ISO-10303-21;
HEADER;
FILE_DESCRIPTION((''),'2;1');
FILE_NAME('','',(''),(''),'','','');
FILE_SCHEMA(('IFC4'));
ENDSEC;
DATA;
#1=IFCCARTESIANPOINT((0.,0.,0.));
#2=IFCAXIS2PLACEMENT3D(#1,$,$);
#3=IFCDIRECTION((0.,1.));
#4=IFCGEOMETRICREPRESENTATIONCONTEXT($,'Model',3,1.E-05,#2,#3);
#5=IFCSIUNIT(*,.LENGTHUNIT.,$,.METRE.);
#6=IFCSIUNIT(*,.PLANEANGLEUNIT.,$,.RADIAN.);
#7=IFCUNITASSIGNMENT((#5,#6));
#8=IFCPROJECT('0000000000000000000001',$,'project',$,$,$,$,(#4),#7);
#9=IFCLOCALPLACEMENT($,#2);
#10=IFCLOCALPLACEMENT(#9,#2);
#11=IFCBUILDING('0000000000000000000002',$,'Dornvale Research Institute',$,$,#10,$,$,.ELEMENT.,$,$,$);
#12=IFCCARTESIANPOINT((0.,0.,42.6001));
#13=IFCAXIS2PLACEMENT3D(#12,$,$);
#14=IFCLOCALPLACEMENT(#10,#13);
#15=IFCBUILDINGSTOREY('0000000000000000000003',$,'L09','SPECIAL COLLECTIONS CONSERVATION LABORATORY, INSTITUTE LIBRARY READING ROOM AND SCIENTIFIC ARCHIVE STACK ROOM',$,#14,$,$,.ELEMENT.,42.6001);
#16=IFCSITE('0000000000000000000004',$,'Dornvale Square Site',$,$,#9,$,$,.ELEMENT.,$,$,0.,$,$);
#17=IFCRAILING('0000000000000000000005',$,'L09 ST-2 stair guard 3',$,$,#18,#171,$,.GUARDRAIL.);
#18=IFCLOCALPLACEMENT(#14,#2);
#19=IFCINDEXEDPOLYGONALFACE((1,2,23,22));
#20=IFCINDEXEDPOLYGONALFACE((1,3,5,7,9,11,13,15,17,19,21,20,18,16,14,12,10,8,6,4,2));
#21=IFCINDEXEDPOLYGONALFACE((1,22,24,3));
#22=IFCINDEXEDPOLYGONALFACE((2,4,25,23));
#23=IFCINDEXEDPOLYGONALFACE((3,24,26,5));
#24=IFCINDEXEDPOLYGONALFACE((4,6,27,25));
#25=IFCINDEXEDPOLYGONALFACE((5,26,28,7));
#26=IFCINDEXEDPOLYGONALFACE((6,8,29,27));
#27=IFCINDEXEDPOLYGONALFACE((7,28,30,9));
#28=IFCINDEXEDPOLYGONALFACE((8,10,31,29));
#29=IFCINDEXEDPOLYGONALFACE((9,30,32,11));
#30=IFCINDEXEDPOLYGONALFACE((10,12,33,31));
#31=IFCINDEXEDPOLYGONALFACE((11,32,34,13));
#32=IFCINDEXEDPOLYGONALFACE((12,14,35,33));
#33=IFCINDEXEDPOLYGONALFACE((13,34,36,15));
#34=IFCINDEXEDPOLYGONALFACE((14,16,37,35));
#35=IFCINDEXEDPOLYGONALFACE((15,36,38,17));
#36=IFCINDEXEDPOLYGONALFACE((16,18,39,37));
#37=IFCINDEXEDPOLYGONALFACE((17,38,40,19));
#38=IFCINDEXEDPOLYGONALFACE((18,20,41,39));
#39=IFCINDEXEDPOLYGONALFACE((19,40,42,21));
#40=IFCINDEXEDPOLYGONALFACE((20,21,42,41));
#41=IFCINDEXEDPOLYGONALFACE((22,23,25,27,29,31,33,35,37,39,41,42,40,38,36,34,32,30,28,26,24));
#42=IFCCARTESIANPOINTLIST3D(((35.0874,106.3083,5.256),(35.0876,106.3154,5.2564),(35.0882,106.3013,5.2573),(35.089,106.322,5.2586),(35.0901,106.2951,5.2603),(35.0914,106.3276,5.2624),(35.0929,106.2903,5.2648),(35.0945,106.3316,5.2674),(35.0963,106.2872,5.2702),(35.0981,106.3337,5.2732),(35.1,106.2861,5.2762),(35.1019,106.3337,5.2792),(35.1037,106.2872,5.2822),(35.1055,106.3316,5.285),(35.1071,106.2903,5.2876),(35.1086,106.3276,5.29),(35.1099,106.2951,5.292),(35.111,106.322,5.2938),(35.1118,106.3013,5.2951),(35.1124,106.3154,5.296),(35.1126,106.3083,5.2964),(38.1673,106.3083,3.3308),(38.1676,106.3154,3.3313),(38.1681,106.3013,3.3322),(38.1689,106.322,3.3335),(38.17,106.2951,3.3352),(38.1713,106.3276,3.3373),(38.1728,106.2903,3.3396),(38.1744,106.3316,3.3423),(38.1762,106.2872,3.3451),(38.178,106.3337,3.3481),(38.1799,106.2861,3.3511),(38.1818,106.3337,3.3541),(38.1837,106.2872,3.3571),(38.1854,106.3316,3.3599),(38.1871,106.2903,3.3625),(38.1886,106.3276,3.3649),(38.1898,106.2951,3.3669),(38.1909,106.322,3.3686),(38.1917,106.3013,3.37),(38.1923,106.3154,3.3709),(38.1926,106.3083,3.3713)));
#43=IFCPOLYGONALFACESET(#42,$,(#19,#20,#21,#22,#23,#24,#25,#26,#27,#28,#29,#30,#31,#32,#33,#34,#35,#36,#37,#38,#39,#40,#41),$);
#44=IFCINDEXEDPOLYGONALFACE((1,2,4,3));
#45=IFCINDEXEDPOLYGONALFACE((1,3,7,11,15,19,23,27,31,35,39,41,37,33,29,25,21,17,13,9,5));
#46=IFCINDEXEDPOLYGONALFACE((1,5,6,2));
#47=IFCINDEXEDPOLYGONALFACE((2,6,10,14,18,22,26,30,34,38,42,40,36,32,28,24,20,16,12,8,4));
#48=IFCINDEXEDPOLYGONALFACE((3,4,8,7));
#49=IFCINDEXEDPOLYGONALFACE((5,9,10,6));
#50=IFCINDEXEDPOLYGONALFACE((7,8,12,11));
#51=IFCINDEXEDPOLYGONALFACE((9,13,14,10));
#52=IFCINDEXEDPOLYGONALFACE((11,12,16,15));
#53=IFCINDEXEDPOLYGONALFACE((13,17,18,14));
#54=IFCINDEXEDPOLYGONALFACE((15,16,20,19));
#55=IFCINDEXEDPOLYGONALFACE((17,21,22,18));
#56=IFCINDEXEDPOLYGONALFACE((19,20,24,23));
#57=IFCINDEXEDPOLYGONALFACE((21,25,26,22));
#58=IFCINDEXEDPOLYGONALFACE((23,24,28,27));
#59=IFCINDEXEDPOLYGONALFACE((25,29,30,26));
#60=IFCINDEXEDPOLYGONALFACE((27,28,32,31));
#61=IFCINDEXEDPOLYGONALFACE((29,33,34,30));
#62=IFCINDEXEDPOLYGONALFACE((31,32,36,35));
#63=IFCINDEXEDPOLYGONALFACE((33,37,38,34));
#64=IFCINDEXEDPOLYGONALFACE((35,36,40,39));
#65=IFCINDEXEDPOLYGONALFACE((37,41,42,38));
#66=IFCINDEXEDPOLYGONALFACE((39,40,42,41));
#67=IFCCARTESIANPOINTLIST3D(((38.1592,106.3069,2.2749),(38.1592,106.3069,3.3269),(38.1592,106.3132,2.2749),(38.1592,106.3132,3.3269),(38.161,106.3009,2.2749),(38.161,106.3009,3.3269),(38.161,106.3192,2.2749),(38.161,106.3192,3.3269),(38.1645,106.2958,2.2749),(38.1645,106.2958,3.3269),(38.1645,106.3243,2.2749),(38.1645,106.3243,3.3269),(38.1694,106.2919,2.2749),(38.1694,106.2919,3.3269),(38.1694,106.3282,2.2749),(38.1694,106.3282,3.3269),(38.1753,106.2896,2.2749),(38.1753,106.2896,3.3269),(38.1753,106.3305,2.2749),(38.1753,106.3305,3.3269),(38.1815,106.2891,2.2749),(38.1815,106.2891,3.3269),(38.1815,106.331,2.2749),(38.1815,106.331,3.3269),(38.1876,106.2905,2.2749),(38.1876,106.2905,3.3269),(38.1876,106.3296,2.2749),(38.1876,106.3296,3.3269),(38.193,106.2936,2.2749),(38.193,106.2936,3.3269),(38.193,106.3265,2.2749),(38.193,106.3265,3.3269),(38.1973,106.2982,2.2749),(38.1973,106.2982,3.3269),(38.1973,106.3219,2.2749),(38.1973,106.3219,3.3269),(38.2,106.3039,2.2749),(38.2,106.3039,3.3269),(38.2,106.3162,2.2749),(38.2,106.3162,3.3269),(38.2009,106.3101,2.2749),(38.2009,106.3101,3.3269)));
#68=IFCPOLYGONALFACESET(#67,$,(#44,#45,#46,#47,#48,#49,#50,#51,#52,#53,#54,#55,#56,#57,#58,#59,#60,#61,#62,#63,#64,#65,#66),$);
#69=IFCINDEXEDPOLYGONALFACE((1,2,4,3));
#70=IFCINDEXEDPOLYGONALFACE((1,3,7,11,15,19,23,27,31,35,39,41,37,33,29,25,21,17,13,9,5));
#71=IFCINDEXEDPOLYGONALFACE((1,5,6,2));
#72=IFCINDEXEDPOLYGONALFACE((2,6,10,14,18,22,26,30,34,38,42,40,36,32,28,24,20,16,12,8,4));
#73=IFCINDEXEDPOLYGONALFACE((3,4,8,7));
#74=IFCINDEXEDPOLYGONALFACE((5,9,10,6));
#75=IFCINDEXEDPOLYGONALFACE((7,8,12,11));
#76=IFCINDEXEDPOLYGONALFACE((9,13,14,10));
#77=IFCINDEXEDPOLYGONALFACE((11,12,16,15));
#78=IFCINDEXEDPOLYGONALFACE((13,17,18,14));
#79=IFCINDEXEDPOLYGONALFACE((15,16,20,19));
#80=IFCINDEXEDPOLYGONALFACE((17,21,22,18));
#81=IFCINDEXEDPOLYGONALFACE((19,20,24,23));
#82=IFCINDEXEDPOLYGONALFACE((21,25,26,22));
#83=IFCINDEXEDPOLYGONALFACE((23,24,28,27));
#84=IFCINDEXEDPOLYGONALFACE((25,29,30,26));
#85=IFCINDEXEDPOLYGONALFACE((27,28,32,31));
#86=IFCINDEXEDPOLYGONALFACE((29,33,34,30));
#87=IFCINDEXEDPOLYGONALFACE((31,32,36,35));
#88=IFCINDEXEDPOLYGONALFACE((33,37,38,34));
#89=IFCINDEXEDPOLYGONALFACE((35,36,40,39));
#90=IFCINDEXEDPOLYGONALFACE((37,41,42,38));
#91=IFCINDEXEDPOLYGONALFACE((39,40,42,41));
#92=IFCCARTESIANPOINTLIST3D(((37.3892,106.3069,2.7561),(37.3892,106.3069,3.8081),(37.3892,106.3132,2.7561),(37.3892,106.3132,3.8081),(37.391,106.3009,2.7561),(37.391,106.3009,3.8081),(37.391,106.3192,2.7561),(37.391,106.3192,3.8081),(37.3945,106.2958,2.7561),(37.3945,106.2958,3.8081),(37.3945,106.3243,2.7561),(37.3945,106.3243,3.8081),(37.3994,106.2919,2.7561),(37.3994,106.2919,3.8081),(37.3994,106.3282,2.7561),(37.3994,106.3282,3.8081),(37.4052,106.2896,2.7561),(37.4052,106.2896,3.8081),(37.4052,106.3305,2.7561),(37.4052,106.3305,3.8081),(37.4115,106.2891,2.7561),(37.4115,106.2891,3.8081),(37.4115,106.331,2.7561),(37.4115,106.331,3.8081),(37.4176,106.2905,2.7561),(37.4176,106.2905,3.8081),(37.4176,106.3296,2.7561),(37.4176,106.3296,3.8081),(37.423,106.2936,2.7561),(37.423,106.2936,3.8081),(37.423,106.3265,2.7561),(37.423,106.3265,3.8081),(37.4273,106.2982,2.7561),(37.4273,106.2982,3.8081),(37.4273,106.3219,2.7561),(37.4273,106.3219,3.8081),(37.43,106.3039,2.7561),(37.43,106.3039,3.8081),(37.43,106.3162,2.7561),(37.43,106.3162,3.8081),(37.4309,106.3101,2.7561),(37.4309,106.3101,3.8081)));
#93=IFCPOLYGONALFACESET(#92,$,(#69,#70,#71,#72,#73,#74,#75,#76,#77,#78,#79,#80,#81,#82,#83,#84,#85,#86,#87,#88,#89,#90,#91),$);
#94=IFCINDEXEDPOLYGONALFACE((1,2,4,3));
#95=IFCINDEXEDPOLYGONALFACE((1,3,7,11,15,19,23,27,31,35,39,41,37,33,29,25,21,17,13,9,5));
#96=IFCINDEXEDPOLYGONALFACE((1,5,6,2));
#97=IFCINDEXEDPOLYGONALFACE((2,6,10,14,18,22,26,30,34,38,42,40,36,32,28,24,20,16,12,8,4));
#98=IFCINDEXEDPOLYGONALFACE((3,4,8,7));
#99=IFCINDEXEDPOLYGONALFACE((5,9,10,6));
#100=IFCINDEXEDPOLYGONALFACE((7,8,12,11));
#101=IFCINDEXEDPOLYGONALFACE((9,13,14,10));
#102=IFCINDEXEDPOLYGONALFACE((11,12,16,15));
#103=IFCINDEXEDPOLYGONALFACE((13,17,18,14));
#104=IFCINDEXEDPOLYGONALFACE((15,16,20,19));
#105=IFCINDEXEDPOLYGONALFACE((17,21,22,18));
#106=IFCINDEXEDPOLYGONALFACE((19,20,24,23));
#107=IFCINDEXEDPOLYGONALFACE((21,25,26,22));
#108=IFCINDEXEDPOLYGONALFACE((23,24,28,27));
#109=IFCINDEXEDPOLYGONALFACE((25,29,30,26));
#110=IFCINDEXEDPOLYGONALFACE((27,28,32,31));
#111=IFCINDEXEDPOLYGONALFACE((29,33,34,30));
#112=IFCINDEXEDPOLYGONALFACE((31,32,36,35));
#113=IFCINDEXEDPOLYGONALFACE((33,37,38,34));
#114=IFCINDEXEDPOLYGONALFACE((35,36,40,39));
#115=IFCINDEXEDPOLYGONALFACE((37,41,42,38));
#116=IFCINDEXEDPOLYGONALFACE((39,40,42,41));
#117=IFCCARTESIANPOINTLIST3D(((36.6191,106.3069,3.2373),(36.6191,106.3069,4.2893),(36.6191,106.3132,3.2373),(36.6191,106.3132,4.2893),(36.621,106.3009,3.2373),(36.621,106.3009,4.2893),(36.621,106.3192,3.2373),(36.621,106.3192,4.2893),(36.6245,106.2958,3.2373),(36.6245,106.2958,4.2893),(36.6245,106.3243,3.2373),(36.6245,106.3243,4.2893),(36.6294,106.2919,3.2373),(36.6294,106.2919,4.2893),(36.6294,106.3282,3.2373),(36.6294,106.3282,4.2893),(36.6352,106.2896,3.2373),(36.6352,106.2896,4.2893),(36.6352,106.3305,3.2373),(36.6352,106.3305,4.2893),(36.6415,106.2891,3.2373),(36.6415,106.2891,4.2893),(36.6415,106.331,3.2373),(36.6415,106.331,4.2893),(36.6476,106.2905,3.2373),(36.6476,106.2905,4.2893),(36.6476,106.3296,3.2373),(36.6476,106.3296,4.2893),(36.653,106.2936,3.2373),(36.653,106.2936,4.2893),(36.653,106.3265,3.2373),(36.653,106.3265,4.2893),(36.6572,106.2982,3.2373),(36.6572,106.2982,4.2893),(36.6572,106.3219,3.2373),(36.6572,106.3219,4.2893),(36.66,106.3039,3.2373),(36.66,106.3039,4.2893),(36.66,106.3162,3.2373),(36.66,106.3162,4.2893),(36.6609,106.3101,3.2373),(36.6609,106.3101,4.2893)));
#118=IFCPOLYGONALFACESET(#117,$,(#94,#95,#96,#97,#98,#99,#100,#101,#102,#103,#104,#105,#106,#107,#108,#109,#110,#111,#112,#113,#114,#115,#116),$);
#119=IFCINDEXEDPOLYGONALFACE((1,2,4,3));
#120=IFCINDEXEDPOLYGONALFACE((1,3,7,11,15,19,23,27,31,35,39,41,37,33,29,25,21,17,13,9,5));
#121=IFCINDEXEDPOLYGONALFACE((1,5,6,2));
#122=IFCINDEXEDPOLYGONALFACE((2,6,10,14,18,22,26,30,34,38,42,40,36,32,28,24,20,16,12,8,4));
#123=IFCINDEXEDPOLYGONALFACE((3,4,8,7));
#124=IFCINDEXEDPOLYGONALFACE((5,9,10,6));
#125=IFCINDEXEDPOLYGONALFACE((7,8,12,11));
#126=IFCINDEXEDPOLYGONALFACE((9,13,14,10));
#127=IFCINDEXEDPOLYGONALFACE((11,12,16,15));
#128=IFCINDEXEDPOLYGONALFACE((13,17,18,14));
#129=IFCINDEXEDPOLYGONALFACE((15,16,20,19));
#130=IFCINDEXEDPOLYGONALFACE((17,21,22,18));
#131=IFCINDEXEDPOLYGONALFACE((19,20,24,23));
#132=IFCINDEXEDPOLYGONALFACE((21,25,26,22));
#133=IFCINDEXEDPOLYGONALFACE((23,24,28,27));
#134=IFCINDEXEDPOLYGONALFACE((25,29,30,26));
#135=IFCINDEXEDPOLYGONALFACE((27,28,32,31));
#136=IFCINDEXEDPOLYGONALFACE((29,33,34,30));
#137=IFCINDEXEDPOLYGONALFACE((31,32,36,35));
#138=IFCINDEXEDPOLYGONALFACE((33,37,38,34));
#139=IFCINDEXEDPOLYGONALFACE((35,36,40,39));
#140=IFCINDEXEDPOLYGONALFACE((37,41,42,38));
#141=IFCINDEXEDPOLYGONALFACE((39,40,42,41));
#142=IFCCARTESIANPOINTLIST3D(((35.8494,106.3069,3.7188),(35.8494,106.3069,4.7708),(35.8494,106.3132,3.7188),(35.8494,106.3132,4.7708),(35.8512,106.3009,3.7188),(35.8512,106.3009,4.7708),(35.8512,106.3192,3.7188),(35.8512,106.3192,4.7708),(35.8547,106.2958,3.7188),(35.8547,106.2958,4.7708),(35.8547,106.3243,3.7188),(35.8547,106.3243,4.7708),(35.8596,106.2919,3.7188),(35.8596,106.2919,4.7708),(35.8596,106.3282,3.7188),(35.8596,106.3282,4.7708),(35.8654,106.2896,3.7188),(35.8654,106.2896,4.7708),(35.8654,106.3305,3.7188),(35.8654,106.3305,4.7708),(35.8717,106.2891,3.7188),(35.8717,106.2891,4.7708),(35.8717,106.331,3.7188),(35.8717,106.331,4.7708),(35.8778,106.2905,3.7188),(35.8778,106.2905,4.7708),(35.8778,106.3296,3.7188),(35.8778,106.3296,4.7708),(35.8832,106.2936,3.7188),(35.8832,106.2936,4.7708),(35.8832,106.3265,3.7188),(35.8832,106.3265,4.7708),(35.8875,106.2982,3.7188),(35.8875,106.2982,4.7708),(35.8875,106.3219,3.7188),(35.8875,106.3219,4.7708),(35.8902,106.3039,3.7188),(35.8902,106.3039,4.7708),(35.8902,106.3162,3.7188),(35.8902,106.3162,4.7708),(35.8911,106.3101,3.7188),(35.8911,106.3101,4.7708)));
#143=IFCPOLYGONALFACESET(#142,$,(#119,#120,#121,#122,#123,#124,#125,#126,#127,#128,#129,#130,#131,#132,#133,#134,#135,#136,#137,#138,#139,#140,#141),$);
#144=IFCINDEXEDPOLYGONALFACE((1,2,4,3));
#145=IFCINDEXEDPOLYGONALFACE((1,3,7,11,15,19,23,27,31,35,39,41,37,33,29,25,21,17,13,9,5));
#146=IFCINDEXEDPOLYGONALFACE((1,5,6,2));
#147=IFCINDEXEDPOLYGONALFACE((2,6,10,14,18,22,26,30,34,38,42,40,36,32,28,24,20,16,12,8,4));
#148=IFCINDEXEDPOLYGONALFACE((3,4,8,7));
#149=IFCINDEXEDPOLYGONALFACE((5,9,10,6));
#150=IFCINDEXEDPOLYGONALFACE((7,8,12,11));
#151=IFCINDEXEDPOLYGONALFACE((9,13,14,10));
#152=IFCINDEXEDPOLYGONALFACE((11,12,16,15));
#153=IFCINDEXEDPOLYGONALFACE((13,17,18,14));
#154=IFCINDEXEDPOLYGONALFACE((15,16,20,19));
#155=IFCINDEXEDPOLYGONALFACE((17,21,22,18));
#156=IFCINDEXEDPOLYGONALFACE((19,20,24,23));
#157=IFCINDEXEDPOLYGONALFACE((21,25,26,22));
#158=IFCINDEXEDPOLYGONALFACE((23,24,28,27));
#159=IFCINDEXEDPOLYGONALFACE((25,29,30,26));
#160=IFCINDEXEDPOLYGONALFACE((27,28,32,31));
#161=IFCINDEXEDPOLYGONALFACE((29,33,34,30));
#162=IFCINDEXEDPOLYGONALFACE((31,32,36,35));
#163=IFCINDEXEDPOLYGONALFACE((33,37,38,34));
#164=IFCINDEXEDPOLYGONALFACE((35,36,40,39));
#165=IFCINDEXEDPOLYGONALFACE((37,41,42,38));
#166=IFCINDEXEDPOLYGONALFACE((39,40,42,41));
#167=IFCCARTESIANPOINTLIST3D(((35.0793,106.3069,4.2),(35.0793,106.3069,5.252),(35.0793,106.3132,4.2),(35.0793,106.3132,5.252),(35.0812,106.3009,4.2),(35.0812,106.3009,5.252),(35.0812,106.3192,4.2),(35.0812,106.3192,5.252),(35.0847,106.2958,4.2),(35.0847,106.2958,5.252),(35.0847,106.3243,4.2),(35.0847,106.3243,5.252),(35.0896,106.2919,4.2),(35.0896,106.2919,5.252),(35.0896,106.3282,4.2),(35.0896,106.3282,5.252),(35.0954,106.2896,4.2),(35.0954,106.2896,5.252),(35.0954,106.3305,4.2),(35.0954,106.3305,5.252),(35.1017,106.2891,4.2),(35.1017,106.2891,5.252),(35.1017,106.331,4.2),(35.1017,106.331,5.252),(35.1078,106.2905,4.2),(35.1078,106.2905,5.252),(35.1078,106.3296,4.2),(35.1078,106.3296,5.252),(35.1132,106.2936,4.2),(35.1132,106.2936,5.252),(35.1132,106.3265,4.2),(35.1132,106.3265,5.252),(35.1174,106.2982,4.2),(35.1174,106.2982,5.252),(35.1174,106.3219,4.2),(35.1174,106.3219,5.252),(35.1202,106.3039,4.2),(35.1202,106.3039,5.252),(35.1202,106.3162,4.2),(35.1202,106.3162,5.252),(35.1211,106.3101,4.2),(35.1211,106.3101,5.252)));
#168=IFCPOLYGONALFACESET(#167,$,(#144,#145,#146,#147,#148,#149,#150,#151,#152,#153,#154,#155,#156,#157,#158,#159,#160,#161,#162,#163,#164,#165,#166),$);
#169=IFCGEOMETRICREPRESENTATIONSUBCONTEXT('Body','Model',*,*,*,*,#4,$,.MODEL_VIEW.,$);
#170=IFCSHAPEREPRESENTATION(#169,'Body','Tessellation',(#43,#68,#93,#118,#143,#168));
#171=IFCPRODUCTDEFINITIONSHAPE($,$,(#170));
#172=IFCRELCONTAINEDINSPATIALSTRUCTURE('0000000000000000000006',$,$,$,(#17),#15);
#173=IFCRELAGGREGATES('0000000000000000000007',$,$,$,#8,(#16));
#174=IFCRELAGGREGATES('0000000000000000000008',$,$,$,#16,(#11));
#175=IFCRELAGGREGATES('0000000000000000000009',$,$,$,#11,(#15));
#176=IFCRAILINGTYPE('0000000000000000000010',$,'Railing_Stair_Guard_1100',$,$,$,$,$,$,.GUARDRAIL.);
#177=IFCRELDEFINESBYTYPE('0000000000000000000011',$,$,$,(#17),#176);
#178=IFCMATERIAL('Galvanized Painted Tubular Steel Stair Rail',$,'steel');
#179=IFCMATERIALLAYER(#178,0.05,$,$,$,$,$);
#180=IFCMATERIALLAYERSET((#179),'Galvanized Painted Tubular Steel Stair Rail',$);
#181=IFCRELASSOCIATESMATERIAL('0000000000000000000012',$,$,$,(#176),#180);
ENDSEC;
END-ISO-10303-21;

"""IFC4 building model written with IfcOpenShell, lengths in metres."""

from ifc_helpers import new_model, si_unit, direction, frame, origin, origin_2d, place, context, subcontext, project, spatial, circle, extrude, material, layer, layer_set, type_object, element, save


model = new_model("IFC4")

# Units and contexts
model_context = context("Model", 3, precision=1e-05, world=origin(), true_north=direction((0.0, 1.0)))
body_context = subcontext(model_context, "Body", "Model", "MODEL_VIEW")
ifc_project = project(units=[si_unit("LENGTHUNIT", "METRE"), si_unit("PLANEANGLEUNIT", "RADIAN")], contexts=[model_context])

# Site, building, storey
site_placement = place(None, origin())
site = spatial("IfcSite", under=ifc_project, at=site_placement, Name="Dornvale Square Site", CompositionType="ELEMENT", RefElevation=0.0)
building_placement = place(site_placement, origin())
building = spatial("IfcBuilding", under=site, at=building_placement, Name="Dornvale Research Institute", CompositionType="ELEMENT")
storey_placement = place(building_placement, frame((0.0, 0.0, 42.6001)))
storey = spatial("IfcBuildingStorey", under=building, at=storey_placement, Name="L09", Description="SPECIAL COLLECTIONS CONSERVATION LABORATORY, INSTITUTE LIBRARY READING ROOM AND SCIENTIFIC ARCHIVE STACK ROOM", CompositionType="ELEMENT", Elevation=42.6001)

# Railing
ifc_material_1 = material(Name="Galvanized Painted Tubular Steel Stair Rail", Category="steel")
ifc_layer_1 = layer(ifc_material_1, 0.05)
ifc_layer_set_1 = layer_set([ifc_layer_1], Name="Galvanized Painted Tubular Steel Stair Rail")
railing_type_1 = type_object("IfcRailingType", Name="Railing_Stair_Guard_1100", PredefinedType="GUARDRAIL", material=ifc_layer_set_1)
railing_1_placement = place(storey_placement, frame((38.1799, 106.3101, 2.2749)))
element("IfcRailing", 1, at=railing_1_placement, inside=storey, type_object=railing_type_1, Name="L09 ST-2 stair guard 3", PredefinedType="GUARDRAIL", context=body_context, shape_type="SweptSolid", body=[
    extrude(circle(Radius=0.0239, at=origin_2d()), frame((0.0, 0.0, 1.0762), z_axis=(-0.847979, 0.0, 0.530029), x_axis=(0.0, -1.0, 0.0)), (0.0, 0.0, 1.0), 3.6321),
    extrude(circle(Radius=0.021, at=origin_2d()), origin(), (0.0, 0.0, 1.0), 1.052),
    extrude(circle(Radius=0.021, at=origin_2d()), frame((-0.77, 0.0, 0.4812)), (0.0, 0.0, 1.0), 1.052),
    extrude(circle(Radius=0.021, at=origin_2d()), frame((-1.54, 0.0, 0.9624)), (0.0, 0.0, 1.0), 1.052),
    extrude(circle(Radius=0.021, at=origin_2d()), frame((-2.3098, 0.0, 1.4438)), (0.0, 0.0, 1.0), 1.052),
    extrude(circle(Radius=0.021, at=origin_2d()), frame((-3.0798, 0.0, 1.925)), (0.0, 0.0, 1.0), 1.052),
])

save(model, "model.ifc")
